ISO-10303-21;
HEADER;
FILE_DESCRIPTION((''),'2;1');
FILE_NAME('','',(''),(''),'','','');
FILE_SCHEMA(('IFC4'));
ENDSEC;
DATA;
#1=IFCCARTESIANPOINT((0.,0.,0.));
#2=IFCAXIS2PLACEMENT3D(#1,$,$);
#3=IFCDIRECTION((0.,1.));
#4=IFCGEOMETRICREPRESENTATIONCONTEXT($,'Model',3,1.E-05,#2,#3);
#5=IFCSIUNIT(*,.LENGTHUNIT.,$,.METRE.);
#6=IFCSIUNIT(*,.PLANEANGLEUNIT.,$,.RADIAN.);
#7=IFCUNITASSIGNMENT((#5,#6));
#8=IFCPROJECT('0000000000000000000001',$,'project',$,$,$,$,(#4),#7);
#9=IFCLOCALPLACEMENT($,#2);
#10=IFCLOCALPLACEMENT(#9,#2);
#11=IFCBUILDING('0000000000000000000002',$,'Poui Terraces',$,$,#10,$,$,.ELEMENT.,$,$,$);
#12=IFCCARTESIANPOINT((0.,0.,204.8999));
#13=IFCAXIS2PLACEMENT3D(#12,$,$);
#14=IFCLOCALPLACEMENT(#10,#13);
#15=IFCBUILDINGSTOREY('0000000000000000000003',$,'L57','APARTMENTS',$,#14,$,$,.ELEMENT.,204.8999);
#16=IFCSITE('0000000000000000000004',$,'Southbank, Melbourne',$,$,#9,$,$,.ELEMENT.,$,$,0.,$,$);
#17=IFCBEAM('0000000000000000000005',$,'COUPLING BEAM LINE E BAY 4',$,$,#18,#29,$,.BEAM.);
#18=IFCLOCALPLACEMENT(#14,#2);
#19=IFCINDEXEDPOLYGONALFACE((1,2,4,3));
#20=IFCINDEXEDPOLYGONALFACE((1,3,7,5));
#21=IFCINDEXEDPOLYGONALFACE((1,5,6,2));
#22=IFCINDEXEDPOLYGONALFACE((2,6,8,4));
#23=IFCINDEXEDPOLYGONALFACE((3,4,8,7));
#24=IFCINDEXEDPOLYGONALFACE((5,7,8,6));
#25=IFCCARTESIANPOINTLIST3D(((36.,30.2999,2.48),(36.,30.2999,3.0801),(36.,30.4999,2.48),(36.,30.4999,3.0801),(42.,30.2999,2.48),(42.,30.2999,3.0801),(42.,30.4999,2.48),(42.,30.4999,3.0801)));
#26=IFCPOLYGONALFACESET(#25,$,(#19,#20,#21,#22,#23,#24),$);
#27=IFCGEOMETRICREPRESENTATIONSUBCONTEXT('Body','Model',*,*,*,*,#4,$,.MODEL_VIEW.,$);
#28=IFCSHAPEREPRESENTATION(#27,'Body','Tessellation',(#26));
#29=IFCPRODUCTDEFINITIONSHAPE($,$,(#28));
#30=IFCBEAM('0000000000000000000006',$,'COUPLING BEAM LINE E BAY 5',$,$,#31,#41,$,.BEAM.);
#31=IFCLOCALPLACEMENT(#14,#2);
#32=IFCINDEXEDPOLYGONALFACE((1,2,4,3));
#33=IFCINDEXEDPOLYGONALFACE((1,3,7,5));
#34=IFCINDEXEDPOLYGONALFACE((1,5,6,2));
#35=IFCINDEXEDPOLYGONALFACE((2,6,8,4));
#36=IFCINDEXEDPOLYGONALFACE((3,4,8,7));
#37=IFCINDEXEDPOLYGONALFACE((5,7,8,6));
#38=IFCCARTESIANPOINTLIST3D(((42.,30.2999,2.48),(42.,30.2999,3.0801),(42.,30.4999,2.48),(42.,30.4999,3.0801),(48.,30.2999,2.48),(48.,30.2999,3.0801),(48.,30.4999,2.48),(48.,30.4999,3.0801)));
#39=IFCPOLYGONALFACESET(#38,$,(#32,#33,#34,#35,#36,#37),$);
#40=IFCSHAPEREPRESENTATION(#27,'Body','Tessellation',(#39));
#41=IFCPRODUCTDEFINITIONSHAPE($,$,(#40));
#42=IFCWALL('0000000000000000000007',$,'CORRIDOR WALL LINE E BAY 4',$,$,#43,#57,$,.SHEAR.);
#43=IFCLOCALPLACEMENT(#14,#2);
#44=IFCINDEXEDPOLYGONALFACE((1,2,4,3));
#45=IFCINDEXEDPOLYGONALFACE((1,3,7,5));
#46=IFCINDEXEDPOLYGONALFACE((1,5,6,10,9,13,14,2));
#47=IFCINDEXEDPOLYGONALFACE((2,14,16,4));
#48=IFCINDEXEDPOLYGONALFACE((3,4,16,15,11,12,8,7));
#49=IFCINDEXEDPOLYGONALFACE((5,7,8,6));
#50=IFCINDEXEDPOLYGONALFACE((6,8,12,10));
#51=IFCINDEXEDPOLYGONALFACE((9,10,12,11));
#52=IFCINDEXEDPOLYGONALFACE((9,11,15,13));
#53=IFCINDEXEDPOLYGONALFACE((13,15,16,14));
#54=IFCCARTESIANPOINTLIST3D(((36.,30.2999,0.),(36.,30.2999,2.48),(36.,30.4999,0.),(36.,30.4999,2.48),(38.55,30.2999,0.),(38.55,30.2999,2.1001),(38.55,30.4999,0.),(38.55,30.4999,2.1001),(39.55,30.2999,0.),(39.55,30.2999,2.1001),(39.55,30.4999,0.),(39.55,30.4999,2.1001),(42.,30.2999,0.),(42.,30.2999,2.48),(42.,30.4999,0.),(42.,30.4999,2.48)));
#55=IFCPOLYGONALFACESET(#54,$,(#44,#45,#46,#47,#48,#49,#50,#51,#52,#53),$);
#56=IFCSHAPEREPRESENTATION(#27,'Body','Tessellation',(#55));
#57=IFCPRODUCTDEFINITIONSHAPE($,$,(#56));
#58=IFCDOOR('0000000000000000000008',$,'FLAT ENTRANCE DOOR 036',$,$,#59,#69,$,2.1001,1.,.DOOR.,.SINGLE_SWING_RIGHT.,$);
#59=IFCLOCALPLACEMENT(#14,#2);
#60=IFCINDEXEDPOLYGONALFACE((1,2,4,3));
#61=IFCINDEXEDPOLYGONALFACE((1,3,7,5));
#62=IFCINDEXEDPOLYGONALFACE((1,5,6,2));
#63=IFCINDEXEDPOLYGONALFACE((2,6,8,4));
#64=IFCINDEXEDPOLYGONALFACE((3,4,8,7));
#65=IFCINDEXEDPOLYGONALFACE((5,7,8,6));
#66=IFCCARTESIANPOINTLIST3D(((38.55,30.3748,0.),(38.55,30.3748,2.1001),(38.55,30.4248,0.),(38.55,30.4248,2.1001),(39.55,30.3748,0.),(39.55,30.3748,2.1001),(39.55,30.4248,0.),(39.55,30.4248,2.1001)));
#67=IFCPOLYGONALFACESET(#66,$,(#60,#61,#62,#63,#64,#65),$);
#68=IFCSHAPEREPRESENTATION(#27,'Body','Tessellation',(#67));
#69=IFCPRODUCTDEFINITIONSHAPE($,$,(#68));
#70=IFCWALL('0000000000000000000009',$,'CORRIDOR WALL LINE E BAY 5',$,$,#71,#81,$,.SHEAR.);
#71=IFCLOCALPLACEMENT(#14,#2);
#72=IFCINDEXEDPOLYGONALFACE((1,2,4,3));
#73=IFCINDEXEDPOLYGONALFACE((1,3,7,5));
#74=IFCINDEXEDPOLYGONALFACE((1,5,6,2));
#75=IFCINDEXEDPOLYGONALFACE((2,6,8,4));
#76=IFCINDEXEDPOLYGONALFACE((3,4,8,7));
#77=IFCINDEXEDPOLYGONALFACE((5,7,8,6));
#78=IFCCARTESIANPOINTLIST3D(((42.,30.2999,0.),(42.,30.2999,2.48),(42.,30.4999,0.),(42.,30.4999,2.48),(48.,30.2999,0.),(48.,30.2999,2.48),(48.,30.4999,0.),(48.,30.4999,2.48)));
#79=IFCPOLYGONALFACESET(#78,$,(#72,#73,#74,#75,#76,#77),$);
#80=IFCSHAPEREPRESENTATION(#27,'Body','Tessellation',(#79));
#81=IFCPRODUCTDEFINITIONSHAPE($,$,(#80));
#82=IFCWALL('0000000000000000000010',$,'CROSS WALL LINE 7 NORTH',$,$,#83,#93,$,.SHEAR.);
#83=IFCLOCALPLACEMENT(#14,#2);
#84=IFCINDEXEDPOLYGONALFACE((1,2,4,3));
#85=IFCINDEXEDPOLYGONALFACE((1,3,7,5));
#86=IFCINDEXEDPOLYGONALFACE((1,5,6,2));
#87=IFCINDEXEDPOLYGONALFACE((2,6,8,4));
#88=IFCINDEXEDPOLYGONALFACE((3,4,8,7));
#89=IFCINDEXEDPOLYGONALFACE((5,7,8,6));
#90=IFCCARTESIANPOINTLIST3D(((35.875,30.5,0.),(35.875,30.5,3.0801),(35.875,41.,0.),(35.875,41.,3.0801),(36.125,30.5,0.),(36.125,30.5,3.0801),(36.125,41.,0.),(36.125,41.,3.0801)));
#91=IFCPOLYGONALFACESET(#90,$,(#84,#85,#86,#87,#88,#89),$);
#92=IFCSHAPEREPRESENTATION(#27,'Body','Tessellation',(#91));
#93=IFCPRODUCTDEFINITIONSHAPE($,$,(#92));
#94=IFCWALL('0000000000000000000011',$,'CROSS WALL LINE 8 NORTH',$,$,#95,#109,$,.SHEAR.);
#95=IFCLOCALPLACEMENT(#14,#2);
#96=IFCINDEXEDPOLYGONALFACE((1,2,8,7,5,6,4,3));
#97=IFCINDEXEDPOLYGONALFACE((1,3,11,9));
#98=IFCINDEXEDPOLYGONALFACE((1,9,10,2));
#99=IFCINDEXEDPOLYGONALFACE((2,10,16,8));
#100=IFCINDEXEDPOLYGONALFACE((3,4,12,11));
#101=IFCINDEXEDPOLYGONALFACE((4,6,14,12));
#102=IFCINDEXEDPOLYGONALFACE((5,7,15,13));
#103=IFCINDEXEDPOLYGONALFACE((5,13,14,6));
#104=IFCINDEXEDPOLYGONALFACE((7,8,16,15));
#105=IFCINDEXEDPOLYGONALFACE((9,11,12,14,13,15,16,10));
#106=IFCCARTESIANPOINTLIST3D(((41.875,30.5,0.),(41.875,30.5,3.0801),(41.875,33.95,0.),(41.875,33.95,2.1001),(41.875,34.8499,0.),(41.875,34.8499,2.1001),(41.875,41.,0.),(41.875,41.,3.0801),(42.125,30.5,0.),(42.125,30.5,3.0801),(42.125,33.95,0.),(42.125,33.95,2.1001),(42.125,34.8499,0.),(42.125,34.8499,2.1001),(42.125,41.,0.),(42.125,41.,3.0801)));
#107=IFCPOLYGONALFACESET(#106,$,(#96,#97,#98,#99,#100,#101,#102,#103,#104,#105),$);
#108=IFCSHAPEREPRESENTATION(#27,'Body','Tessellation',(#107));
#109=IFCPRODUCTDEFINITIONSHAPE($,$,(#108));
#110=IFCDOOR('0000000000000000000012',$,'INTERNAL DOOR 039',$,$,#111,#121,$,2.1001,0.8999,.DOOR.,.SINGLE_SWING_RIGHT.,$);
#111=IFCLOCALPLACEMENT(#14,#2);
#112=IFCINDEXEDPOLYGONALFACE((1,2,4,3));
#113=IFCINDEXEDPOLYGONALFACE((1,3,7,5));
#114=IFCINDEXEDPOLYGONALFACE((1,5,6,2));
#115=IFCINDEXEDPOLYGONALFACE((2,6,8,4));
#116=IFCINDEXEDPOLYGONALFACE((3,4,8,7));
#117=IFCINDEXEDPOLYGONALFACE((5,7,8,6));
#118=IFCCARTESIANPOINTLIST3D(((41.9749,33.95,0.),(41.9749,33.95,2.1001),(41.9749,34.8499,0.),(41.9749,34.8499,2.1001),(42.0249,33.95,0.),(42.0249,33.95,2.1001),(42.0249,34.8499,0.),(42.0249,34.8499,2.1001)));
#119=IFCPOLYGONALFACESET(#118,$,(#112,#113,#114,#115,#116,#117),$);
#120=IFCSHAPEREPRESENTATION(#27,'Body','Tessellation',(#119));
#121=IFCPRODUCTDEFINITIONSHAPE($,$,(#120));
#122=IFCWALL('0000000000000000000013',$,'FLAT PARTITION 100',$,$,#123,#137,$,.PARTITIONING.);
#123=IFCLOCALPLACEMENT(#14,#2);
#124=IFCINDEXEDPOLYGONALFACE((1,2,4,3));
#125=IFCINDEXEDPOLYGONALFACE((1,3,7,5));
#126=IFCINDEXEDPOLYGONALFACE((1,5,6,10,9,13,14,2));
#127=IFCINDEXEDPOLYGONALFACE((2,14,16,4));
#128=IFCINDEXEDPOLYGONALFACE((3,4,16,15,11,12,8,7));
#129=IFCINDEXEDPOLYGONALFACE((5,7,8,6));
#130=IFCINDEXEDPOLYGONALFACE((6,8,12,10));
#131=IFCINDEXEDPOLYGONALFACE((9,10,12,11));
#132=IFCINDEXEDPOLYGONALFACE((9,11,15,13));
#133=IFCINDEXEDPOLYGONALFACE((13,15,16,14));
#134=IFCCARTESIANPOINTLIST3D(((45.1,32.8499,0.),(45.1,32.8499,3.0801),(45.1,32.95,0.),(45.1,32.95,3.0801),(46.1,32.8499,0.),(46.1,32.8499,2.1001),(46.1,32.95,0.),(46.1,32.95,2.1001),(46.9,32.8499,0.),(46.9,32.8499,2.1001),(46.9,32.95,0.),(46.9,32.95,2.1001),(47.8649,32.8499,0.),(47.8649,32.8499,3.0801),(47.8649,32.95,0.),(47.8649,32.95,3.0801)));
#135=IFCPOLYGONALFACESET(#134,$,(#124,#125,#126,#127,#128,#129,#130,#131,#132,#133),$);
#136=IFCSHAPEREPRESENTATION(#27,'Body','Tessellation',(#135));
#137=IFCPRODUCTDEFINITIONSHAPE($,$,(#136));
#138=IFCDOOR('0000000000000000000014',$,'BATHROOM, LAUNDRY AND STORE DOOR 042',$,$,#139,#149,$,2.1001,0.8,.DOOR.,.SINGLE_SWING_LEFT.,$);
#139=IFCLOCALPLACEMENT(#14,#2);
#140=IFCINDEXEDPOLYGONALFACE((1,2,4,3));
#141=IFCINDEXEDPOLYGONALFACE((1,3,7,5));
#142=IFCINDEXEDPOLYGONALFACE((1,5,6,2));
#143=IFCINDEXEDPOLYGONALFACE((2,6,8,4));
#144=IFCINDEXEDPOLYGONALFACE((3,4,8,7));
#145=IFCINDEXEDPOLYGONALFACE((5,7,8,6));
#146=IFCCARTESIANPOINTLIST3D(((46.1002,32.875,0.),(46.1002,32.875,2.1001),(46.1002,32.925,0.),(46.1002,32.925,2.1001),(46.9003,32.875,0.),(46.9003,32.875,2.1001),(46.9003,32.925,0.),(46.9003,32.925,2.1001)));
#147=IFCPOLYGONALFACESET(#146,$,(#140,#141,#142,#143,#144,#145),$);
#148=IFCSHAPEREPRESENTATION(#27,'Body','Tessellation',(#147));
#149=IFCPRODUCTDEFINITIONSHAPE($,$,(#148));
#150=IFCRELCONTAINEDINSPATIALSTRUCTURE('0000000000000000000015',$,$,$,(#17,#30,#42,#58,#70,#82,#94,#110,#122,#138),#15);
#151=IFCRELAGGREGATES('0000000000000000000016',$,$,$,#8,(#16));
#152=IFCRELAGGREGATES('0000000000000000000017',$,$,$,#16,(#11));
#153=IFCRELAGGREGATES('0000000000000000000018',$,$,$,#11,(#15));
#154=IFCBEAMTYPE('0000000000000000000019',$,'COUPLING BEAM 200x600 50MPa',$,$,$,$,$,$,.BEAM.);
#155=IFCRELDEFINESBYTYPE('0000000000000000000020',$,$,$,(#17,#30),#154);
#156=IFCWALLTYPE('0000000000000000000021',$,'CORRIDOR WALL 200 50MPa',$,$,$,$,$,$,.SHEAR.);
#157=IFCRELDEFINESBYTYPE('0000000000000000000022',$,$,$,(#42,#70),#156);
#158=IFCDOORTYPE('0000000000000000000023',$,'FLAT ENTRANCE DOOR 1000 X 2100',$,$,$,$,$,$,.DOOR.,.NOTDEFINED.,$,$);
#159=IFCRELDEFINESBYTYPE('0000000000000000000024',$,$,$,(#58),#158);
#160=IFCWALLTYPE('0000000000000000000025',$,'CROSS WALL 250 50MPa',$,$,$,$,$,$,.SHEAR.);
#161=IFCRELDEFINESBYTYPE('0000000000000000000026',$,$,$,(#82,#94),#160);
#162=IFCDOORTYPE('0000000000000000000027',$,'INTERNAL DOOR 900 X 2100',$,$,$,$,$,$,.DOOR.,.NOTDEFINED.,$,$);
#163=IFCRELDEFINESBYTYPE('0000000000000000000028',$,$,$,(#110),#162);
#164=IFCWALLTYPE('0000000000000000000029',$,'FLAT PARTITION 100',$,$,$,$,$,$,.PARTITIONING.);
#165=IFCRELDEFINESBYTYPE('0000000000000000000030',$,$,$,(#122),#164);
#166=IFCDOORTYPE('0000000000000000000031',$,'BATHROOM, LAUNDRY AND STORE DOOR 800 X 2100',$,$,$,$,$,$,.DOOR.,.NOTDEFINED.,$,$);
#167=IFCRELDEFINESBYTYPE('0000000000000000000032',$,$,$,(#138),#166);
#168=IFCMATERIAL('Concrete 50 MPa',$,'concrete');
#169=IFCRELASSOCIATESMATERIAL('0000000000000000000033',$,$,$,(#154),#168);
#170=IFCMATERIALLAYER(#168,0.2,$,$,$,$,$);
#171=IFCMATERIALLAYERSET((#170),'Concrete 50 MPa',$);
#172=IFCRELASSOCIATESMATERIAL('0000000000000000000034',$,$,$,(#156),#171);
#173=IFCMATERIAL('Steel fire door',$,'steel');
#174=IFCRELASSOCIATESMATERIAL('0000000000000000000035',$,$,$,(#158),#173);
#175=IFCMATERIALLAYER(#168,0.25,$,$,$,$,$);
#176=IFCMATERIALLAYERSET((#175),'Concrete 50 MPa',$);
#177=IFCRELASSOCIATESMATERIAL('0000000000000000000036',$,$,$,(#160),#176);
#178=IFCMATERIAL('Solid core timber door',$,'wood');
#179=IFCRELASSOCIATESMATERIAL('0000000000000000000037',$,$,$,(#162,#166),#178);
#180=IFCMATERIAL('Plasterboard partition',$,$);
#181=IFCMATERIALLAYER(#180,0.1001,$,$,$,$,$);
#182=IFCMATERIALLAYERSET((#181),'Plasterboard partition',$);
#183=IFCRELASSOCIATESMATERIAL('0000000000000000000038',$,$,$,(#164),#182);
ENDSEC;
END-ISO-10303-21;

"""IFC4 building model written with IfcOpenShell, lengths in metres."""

from ifc_helpers import new_model, si_unit, direction, frame, frame_2d, origin, origin_2d, place, context, subcontext, project, spatial, rectangle, extrude, source, transform, mapped, material, layer, layer_set, material_profile, profile_set, type_object, element, fill, save


model = new_model("IFC4")

# Units and contexts
model_context = context("Model", 3, precision=1e-05, world=origin(), true_north=direction((0.0, 1.0)))
body_context = subcontext(model_context, "Body", "Model", "MODEL_VIEW")
ifc_project = project(units=[si_unit("LENGTHUNIT", "METRE"), si_unit("PLANEANGLEUNIT", "RADIAN")], contexts=[model_context])

# Site, building, storey
site_placement = place(None, origin())
site = spatial("IfcSite", under=ifc_project, at=site_placement, Name="Southbank, Melbourne", CompositionType="ELEMENT", RefElevation=0.0)
building_placement = place(site_placement, origin())
building = spatial("IfcBuilding", under=site, at=building_placement, Name="Poui Terraces", CompositionType="ELEMENT")
storey_placement = place(building_placement, frame((0.0, 0.0, 204.8999)))
storey = spatial("IfcBuildingStorey", under=building, at=storey_placement, Name="L57", Description="APARTMENTS", CompositionType="ELEMENT", Elevation=204.8999)

# Beams
ifc_material_1 = material(Name="Concrete 50 MPa", Category="concrete")
ifc_material_profile_1 = material_profile(ifc_material_1, rectangle(XDim=0.2, YDim=0.6001, at=origin_2d()), Name="RC 200x600")
ifc_profile_set_1 = profile_set([ifc_material_profile_1], Name="Concrete 50 MPa")
beam_type = type_object("IfcBeamType", Name="COUPLING BEAM 200x600 50MPa", PredefinedType="BEAM", material=ifc_profile_set_1)
shared_shape_1 = source(origin(), body_context, "Body", "SweptSolid", [
    extrude(rectangle(XDim=0.2, YDim=0.6001, at=origin_2d()), origin(), (0.0, 0.0, 1.0), 6.0),
])
for number, where, z_axis, x_axis, name in (
    (1, (36.0, 30.3999, 2.78), (1.0, 0.0, 0.0), (0.0, 1.0, 0.0), "COUPLING BEAM LINE E BAY 4"),
    (2, (42.0, 30.3999, 2.78), (1.0, 0.0, 0.0), (0.0, 1.0, 0.0), "COUPLING BEAM LINE E BAY 5"),
):
    element("IfcBeam", number, at=place(storey_placement, frame(where, z_axis=z_axis, x_axis=x_axis)), inside=storey, type_object=beam_type, Name=name, PredefinedType="BEAM", context=body_context, shape_type="MappedRepresentation", body=[
        mapped(shared_shape_1, transform((0.0, 0.0, 0.0))),
    ])

# Wall, opening, door
ifc_layer_1 = layer(ifc_material_1, 0.2)
ifc_layer_set_1 = layer_set([ifc_layer_1], Name="Concrete 50 MPa")
wall_type_1 = type_object("IfcWallType", Name="CORRIDOR WALL 200 50MPa", PredefinedType="SHEAR", material=ifc_layer_set_1)
wall_1_placement = place(storey_placement, frame((36.0, 30.3999, 0.0), z_axis=(0.0, 0.0, 1.0), x_axis=(1.0, 0.0, 0.0)))
wall_1 = element("IfcWall", 3, at=wall_1_placement, inside=storey, type_object=wall_type_1, Name="CORRIDOR WALL LINE E BAY 4", PredefinedType="SHEAR", context=body_context, shape_type="SweptSolid", body=[
    extrude(rectangle(XDim=6.0, YDim=0.2, at=frame_2d((3.0, 0.0))), origin(), (0.0, 0.0, 1.0), 2.48),
])
opening_1_placement = place(wall_1_placement, frame((2.55, 0.0, 0.0)))
opening_1 = element("IfcOpeningElement", 4, at=opening_1_placement, cuts=wall_1, PredefinedType="OPENING", context=body_context, shape_type="SweptSolid", body=[
    extrude(rectangle(XDim=1.0, YDim=2.1001, at=frame_2d((0.5, 1.05))), frame((0.0, 0.1099, 0.0), z_axis=(0.0, -1.0, 0.0), x_axis=(1.0, 0.0, 0.0)), (0.0, 0.0, 1.0), 0.22),
])
ifc_material_2 = material(Name="Steel fire door", Category="steel")
door_type_1 = type_object("IfcDoorType", Name="FLAT ENTRANCE DOOR 1000 X 2100", OperationType="NOTDEFINED", PredefinedType="DOOR", material=ifc_material_2)
door_1_placement = place(opening_1_placement, origin())
door_1 = element("IfcDoor", 5, at=door_1_placement, inside=storey, type_object=door_type_1, Name="FLAT ENTRANCE DOOR 036", OperationType="SINGLE_SWING_RIGHT", OverallHeight=2.1001, OverallWidth=1.0, PredefinedType="DOOR", context=body_context, shape_type="SweptSolid", body=[
    extrude(rectangle(XDim=1.0, YDim=2.1001, at=frame_2d((0.5, 1.05))), frame((0.0, 0.0249, 0.0), z_axis=(0.0, -1.0, 0.0), x_axis=(1.0, 0.0, 0.0)), (0.0, 0.0, 1.0), 0.05),
])
fill(opening_1, door_1)

# Walls
wall_2_placement = place(storey_placement, frame((42.0, 30.3999, 0.0), z_axis=(0.0, 0.0, 1.0), x_axis=(1.0, 0.0, 0.0)))
element("IfcWall", 6, at=wall_2_placement, inside=storey, type_object=wall_type_1, Name="CORRIDOR WALL LINE E BAY 5", PredefinedType="SHEAR", context=body_context, shape_type="SweptSolid", body=[
    extrude(rectangle(XDim=6.0, YDim=0.2, at=frame_2d((3.0, 0.0))), origin(), (0.0, 0.0, 1.0), 2.48),
])
ifc_layer_2 = layer(ifc_material_1, 0.25)
ifc_layer_set_2 = layer_set([ifc_layer_2], Name="Concrete 50 MPa")
wall_type_2 = type_object("IfcWallType", Name="CROSS WALL 250 50MPa", PredefinedType="SHEAR", material=ifc_layer_set_2)
wall_3_placement = place(storey_placement, frame((36.0, 30.5, 0.0), z_axis=(0.0, 0.0, 1.0), x_axis=(0.0, 1.0, 0.0)))
element("IfcWall", 7, at=wall_3_placement, inside=storey, type_object=wall_type_2, Name="CROSS WALL LINE 7 NORTH", PredefinedType="SHEAR", context=body_context, shape_type="SweptSolid", body=[
    extrude(rectangle(XDim=10.5, YDim=0.25, at=frame_2d((5.25, 0.0))), origin(), (0.0, 0.0, 1.0), 3.0801),
])

# Walls, openings, doors
wall_4_placement = place(storey_placement, frame((42.0, 30.5, 0.0), z_axis=(0.0, 0.0, 1.0), x_axis=(0.0, 1.0, 0.0)))
wall_4 = element("IfcWall", 8, at=wall_4_placement, inside=storey, type_object=wall_type_2, Name="CROSS WALL LINE 8 NORTH", PredefinedType="SHEAR", context=body_context, shape_type="SweptSolid", body=[
    extrude(rectangle(XDim=10.5, YDim=0.25, at=frame_2d((5.25, 0.0))), origin(), (0.0, 0.0, 1.0), 3.0801),
])
opening_2_placement = place(wall_4_placement, frame((3.45, 0.0, 0.0)))
opening_2 = element("IfcOpeningElement", 9, at=opening_2_placement, cuts=wall_4, PredefinedType="OPENING", context=body_context, shape_type="SweptSolid", body=[
    extrude(rectangle(XDim=0.8999, YDim=2.1001, at=frame_2d((0.45, 1.05))), frame((0.0, 0.135, 0.0), z_axis=(0.0, -1.0, 0.0), x_axis=(1.0, 0.0, 0.0)), (0.0, 0.0, 1.0), 0.27),
])
ifc_material_3 = material(Name="Solid core timber door", Category="wood")
door_type_2 = type_object("IfcDoorType", Name="INTERNAL DOOR 900 X 2100", OperationType="NOTDEFINED", PredefinedType="DOOR", material=ifc_material_3)
door_2_placement = place(opening_2_placement, frame((0.8999, 0.0, 0.0), z_axis=(0.0, 0.0, 1.0), x_axis=(-1.0, 0.0, 0.0)))
door_2 = element("IfcDoor", 10, at=door_2_placement, inside=storey, type_object=door_type_2, Name="INTERNAL DOOR 039", OperationType="SINGLE_SWING_RIGHT", OverallHeight=2.1001, OverallWidth=0.8999, PredefinedType="DOOR", context=body_context, shape_type="SweptSolid", body=[
    extrude(rectangle(XDim=0.8999, YDim=2.1001, at=frame_2d((0.45, 1.05))), frame((0.0, 0.0249, 0.0), z_axis=(0.0, -1.0, 0.0), x_axis=(1.0, 0.0, 0.0)), (0.0, 0.0, 1.0), 0.05),
])
fill(opening_2, door_2)
ifc_material_4 = material(Name="Plasterboard partition")
ifc_layer_3 = layer(ifc_material_4, 0.1001)
ifc_layer_set_3 = layer_set([ifc_layer_3], Name="Plasterboard partition")
wall_type_3 = type_object("IfcWallType", Name="FLAT PARTITION 100", PredefinedType="PARTITIONING", material=ifc_layer_set_3)
wall_5_placement = place(storey_placement, frame((45.1001, 32.8999, 0.0), z_axis=(0.0, 0.0, 1.0), x_axis=(1.0, 0.0, 0.0)))
wall_5 = element("IfcWall", 11, at=wall_5_placement, inside=storey, type_object=wall_type_3, Name="FLAT PARTITION 100", PredefinedType="PARTITIONING", context=body_context, shape_type="SweptSolid", body=[
    extrude(rectangle(XDim=2.7649, YDim=0.1001, at=frame_2d((1.3823, 0.0))), origin(), (0.0, 0.0, 1.0), 3.0801),
])
opening_3_placement = place(wall_5_placement, frame((1.0, 0.0, 0.0)))
opening_3 = element("IfcOpeningElement", 12, at=opening_3_placement, cuts=wall_5, PredefinedType="OPENING", context=body_context, shape_type="SweptSolid", body=[
    extrude(rectangle(XDim=0.8, YDim=2.1001, at=frame_2d((0.3999, 1.05))), frame((0.0, 0.0601, 0.0), z_axis=(0.0, -1.0, 0.0), x_axis=(1.0, 0.0, 0.0)), (0.0, 0.0, 1.0), 0.1201),
])
door_type_3 = type_object("IfcDoorType", Name="BATHROOM, LAUNDRY AND STORE DOOR 800 X 2100", OperationType="NOTDEFINED", PredefinedType="DOOR", material=ifc_material_3)
door_3_placement = place(opening_3_placement, frame((0.8, 0.0, 0.0), z_axis=(0.0, 0.0, 1.0), x_axis=(-1.0, 0.0, 0.0)))
door_3 = element("IfcDoor", 13, at=door_3_placement, inside=storey, type_object=door_type_3, Name="BATHROOM, LAUNDRY AND STORE DOOR 042", OperationType="SINGLE_SWING_LEFT", OverallHeight=2.1001, OverallWidth=0.8, PredefinedType="DOOR", context=body_context, shape_type="SweptSolid", body=[
    extrude(rectangle(XDim=0.8, YDim=2.1001, at=frame_2d((0.3999, 1.05))), frame((0.0, 0.0249, 0.0), z_axis=(0.0, -1.0, 0.0), x_axis=(1.0, 0.0, 0.0)), (0.0, 0.0, 1.0), 0.05),
])
fill(opening_3, door_3)

save(model, "model.ifc")
